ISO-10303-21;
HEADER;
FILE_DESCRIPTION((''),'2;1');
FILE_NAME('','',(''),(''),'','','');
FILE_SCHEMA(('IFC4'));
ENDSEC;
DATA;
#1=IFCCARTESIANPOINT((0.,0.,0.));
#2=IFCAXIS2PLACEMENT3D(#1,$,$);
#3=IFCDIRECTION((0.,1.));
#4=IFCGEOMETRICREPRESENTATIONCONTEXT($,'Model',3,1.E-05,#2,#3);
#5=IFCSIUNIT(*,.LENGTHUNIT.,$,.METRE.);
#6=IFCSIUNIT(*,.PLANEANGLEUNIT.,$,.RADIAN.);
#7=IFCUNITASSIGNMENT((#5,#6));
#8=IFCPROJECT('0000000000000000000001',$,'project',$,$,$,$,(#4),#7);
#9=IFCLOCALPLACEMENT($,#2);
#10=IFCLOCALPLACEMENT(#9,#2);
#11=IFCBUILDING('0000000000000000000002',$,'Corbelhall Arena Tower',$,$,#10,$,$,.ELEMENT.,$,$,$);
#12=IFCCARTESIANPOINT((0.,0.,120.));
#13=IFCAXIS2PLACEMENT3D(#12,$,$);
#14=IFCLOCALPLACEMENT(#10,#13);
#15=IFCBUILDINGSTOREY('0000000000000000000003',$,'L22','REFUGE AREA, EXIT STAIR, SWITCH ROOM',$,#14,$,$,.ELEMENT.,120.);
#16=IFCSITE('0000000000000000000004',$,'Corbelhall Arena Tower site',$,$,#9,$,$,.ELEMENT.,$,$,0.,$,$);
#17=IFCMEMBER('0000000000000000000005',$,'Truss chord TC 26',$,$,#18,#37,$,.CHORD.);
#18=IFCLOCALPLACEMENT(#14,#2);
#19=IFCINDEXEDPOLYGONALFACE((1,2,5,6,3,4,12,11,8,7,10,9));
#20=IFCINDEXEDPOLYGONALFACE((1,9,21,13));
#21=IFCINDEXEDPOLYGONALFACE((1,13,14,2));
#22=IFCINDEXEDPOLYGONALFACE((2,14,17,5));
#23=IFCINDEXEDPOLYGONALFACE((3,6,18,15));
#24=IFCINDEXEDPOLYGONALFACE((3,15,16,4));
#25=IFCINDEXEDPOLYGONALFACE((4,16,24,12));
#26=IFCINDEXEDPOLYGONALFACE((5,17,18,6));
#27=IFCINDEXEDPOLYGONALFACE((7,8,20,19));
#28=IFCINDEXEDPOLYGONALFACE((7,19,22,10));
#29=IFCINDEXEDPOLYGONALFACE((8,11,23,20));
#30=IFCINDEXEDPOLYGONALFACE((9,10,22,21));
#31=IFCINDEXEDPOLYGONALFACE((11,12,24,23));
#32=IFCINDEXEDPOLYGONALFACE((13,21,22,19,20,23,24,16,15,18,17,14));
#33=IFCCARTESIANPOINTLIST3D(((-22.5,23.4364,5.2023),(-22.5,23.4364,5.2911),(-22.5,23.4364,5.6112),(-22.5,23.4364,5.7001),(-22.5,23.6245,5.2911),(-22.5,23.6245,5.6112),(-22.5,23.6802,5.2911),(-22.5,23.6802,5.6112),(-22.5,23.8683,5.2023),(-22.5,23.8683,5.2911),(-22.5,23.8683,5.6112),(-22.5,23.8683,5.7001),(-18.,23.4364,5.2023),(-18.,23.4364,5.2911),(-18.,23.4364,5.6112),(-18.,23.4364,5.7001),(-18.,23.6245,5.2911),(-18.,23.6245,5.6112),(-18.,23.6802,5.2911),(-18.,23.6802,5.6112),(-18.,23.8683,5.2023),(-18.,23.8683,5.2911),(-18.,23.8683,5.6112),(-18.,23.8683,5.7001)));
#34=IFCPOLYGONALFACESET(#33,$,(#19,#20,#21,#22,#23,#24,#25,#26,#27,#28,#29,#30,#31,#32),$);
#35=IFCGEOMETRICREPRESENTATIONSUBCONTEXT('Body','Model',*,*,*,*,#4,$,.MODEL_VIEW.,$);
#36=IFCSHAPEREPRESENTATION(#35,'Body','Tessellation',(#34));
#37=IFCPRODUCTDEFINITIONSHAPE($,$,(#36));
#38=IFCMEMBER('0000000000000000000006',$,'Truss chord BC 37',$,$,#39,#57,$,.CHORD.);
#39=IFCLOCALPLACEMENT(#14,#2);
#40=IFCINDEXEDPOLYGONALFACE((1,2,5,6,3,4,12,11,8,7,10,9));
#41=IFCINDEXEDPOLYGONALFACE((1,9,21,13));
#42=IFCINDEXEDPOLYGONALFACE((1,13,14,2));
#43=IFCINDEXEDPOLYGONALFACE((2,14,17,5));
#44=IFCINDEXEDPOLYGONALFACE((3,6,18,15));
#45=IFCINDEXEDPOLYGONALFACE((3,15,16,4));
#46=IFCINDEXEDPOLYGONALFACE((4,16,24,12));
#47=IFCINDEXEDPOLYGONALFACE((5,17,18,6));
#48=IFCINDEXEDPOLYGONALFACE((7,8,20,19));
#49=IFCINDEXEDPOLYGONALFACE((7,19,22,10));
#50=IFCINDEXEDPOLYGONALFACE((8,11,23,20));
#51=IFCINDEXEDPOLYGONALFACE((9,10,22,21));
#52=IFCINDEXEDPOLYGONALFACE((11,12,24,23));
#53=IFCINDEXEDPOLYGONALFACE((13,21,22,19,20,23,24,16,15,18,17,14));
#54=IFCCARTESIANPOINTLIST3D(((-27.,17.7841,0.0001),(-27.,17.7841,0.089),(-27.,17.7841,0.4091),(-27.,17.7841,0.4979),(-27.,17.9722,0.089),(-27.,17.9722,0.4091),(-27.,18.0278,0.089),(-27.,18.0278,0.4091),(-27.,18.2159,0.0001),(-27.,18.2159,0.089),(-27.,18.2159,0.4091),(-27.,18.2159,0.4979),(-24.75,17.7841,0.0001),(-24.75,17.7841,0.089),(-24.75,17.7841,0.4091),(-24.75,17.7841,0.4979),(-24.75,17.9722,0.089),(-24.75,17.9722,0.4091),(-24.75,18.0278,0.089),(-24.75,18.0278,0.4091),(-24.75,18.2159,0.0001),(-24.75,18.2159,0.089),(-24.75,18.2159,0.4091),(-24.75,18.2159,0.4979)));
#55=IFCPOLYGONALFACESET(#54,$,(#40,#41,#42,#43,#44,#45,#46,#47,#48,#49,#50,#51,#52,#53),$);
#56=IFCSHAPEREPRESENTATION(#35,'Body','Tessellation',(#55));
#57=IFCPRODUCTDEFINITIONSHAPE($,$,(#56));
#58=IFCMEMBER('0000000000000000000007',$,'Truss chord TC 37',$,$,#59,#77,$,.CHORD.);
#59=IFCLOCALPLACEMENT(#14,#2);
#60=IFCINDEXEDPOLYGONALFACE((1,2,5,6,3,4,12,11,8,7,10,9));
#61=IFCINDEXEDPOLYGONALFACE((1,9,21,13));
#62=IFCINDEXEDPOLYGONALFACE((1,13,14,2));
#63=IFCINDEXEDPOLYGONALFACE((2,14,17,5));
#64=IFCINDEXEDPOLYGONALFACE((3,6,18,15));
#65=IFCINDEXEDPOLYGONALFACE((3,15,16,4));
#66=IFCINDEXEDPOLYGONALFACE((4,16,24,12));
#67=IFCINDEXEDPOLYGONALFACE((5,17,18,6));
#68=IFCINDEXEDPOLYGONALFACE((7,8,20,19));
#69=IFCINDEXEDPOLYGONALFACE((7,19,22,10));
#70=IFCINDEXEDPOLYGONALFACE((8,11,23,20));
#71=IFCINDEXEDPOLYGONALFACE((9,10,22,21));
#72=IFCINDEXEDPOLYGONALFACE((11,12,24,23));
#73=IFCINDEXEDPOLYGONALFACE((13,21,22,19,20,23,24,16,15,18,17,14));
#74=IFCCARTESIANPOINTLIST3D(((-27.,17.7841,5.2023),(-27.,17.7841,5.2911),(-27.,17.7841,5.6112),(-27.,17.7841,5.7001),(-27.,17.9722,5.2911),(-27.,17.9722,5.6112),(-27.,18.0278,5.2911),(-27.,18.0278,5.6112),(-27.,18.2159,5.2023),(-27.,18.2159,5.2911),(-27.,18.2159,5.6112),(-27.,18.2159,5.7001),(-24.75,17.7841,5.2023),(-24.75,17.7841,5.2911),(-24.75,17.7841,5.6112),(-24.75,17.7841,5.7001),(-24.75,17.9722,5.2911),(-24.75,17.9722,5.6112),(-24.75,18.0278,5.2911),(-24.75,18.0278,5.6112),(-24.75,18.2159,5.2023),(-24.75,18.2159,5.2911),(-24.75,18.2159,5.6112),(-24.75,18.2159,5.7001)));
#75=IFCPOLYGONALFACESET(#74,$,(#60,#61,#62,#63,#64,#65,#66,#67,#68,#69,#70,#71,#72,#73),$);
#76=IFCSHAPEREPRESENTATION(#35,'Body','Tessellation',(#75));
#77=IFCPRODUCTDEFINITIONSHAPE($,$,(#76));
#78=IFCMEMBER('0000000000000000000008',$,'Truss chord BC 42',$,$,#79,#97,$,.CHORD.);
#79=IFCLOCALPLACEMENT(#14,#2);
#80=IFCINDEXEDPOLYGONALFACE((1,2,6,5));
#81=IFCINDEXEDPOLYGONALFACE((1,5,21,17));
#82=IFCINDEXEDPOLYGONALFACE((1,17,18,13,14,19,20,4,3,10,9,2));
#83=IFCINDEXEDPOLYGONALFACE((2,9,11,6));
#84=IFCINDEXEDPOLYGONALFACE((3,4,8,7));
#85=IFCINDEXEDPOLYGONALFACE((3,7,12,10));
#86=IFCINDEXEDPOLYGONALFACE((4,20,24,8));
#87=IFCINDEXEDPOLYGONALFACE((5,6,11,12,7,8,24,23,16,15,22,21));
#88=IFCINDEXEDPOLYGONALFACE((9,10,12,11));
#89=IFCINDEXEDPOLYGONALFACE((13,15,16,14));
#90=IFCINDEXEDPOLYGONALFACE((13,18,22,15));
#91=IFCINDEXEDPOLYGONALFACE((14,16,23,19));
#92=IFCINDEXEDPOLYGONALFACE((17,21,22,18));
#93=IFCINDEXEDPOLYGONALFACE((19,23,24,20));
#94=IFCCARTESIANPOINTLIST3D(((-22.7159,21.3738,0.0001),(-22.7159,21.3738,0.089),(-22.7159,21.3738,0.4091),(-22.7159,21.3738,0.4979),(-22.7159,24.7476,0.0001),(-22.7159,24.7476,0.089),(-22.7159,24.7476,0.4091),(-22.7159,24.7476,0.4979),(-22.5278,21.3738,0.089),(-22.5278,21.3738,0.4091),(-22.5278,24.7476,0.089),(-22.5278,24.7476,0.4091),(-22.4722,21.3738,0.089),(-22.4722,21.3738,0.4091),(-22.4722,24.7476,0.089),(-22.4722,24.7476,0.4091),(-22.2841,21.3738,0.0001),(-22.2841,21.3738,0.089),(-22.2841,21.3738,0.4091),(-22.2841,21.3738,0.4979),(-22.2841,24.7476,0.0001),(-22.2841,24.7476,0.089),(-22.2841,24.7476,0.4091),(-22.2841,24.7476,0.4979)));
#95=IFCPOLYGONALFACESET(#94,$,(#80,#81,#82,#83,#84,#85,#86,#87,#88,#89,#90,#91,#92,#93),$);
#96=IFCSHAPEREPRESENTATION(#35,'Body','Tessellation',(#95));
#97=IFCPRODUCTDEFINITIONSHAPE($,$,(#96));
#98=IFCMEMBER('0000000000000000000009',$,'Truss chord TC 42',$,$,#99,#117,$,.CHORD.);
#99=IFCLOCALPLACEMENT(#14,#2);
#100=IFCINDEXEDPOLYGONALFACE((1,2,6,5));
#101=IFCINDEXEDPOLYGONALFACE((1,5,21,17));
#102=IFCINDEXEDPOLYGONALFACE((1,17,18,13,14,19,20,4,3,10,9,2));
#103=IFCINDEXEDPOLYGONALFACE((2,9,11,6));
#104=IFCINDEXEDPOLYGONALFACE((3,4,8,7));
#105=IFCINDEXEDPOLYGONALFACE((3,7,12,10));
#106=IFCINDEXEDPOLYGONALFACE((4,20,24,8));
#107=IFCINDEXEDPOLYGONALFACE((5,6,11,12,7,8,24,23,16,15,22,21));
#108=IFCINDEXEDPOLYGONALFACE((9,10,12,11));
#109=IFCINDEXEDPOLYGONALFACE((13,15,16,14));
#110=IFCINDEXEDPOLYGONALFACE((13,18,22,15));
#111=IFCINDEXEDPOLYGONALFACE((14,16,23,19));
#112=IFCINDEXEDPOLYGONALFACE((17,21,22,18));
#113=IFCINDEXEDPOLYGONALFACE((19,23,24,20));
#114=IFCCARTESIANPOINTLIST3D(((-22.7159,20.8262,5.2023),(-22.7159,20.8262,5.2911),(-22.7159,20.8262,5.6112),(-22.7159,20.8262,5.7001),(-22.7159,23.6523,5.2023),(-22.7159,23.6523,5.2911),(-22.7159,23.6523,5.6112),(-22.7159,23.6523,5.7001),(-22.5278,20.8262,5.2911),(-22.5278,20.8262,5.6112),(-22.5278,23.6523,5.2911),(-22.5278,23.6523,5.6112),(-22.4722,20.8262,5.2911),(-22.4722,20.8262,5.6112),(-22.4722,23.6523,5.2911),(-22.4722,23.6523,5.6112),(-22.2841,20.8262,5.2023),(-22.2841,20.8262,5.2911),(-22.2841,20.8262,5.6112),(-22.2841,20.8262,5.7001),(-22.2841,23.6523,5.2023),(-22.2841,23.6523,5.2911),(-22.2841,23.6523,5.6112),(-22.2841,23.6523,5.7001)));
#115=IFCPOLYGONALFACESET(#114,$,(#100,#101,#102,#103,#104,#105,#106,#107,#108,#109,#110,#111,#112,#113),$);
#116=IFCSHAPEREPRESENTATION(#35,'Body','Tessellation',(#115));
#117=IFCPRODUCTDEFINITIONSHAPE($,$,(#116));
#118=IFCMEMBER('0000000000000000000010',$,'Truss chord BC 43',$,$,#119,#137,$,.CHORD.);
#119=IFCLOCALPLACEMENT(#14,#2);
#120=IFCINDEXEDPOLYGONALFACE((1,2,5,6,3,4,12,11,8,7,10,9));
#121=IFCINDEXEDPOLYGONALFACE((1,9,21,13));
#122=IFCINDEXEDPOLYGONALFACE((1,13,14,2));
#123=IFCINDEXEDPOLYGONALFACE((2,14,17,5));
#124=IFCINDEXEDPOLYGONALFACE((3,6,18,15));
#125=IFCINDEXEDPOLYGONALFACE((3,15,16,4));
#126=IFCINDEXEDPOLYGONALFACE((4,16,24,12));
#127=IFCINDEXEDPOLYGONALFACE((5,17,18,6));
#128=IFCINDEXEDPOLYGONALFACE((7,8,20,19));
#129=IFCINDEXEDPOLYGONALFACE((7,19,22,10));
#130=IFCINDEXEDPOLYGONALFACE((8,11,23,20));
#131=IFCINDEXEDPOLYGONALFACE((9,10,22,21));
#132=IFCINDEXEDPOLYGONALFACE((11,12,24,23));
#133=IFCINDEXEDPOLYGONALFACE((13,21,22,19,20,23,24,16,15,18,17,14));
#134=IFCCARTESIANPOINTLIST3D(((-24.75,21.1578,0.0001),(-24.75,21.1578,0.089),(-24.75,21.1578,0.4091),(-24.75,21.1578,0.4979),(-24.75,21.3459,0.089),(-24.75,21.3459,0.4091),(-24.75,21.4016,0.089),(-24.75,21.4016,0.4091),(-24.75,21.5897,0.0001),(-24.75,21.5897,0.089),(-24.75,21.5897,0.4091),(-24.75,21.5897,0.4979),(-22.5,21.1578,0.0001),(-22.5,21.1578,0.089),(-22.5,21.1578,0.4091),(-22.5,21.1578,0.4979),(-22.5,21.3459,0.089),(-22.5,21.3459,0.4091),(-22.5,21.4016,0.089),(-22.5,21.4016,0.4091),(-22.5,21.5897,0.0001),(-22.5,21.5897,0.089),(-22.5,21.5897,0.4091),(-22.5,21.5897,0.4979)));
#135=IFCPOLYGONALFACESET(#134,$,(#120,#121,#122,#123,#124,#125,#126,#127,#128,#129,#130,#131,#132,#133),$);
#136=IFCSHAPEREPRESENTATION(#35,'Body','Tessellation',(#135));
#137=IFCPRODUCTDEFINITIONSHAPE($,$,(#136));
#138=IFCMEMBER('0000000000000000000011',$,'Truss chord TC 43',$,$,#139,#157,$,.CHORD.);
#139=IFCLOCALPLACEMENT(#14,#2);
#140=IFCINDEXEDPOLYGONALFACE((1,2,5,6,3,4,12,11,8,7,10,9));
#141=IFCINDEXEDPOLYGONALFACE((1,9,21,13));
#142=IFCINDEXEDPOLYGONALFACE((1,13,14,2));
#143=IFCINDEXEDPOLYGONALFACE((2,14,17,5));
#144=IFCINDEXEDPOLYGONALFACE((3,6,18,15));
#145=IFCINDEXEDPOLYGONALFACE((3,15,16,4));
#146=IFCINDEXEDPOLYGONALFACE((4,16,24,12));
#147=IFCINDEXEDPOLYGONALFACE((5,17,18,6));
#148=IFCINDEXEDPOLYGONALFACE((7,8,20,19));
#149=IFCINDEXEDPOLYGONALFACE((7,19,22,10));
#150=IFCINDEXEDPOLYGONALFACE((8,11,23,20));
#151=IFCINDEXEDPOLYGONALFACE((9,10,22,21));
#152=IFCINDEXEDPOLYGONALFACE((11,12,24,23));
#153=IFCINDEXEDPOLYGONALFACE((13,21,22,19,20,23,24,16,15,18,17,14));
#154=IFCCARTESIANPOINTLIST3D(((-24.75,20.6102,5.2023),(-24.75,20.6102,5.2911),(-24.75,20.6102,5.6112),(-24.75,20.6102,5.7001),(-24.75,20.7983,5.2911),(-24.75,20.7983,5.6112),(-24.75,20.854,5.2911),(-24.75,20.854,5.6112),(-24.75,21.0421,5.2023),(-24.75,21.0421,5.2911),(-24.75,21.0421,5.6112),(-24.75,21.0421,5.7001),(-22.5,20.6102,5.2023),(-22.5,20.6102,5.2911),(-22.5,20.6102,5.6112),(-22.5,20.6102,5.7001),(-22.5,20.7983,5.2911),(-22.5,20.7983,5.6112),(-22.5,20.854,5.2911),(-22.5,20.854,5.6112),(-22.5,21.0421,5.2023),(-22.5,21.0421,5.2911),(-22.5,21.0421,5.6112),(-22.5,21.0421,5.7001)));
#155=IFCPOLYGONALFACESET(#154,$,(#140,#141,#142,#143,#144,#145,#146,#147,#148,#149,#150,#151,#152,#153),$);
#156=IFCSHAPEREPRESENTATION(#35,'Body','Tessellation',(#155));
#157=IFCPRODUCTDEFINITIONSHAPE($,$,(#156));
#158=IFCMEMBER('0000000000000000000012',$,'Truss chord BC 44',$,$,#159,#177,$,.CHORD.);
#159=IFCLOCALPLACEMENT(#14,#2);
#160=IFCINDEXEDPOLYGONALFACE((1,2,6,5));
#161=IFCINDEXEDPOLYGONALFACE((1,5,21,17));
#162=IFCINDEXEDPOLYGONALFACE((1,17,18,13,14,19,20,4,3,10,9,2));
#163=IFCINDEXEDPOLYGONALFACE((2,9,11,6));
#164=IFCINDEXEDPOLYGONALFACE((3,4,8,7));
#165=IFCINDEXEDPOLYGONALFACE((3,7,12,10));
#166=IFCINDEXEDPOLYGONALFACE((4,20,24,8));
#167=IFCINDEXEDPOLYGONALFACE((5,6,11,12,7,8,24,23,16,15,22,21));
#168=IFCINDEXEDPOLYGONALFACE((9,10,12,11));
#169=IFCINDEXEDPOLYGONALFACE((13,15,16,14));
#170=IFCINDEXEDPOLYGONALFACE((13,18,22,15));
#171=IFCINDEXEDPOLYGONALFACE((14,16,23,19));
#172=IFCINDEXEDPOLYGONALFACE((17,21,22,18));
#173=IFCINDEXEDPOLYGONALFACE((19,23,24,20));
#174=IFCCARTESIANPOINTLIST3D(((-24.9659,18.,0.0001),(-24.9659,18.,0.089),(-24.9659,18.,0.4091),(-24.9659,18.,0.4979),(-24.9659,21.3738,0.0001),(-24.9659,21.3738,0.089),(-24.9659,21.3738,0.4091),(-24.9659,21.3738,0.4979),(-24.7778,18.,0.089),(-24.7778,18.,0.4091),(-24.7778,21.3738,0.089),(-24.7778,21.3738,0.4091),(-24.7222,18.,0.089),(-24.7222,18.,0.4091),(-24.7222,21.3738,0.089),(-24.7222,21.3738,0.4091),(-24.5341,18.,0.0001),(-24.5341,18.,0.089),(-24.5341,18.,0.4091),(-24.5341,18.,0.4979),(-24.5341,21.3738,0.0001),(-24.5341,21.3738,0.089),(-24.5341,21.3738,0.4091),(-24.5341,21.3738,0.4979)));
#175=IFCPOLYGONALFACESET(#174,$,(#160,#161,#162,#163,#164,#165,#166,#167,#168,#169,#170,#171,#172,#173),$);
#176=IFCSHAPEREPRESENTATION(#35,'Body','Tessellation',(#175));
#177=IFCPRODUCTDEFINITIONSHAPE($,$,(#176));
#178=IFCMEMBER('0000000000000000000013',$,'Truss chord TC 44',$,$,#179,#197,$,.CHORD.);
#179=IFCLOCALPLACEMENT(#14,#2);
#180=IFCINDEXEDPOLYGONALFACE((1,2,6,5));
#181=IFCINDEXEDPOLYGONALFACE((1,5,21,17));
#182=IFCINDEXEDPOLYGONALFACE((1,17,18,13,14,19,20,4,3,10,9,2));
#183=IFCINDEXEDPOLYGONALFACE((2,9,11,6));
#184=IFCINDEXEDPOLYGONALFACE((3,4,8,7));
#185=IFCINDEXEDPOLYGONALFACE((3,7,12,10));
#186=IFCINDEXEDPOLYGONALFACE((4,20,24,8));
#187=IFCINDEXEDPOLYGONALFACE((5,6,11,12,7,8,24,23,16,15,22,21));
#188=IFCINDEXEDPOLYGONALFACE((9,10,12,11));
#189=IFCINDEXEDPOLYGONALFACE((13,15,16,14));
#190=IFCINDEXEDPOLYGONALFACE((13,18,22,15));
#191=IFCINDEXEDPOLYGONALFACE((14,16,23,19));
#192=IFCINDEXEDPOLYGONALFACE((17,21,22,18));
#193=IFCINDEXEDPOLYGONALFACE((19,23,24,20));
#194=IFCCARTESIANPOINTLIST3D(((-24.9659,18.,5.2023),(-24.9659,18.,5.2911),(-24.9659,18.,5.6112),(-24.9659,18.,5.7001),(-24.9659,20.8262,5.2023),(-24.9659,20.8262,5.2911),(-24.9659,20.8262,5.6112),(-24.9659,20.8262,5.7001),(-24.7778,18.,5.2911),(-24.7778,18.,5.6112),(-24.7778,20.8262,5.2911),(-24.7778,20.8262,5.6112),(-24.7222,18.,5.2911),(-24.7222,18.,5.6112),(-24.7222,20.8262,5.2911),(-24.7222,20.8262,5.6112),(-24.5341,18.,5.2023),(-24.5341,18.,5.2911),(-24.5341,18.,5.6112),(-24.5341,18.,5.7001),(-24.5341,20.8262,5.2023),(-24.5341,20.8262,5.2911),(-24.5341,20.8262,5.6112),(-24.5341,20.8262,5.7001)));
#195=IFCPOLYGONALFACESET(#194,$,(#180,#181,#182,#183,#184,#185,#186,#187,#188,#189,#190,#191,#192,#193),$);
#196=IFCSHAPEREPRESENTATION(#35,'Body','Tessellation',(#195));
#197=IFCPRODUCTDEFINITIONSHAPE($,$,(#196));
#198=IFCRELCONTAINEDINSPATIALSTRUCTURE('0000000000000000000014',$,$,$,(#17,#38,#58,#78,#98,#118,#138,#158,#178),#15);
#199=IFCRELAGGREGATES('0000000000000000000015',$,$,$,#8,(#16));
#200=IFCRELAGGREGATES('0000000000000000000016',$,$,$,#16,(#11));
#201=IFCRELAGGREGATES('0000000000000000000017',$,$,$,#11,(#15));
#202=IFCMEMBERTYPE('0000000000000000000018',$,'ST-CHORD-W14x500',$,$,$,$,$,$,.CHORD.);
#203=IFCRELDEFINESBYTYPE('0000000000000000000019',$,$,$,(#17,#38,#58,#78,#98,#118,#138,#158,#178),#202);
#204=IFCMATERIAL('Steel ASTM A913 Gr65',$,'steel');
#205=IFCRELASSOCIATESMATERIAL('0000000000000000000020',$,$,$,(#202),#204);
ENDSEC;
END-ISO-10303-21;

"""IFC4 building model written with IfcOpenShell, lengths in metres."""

from ifc_helpers import new_model, si_unit, direction, frame, origin, origin_2d, place, context, subcontext, project, spatial, i_section, extrude, material, material_profile, profile_set, type_object, element, save


model = new_model("IFC4")

# Units and contexts
model_context = context("Model", 3, precision=1e-05, world=origin(), true_north=direction((0.0, 1.0)))
body_context = subcontext(model_context, "Body", "Model", "MODEL_VIEW")
ifc_project = project(units=[si_unit("LENGTHUNIT", "METRE"), si_unit("PLANEANGLEUNIT", "RADIAN")], contexts=[model_context])

# Site, building, storey
site_placement = place(None, origin())
site = spatial("IfcSite", under=ifc_project, at=site_placement, Name="Corbelhall Arena Tower site", CompositionType="ELEMENT", RefElevation=0.0)
building_placement = place(site_placement, origin())
building = spatial("IfcBuilding", under=site, at=building_placement, Name="Corbelhall Arena Tower", CompositionType="ELEMENT")
storey_placement = place(building_placement, frame((0.0, 0.0, 120.0)))
storey = spatial("IfcBuildingStorey", under=building, at=storey_placement, Name="L22", Description="REFUGE AREA, EXIT STAIR, SWITCH ROOM", CompositionType="ELEMENT", Elevation=120.0)

# Members
ifc_material_1 = material(Name="Steel ASTM A913 Gr65", Category="steel")
ifc_material_profile_1 = material_profile(ifc_material_1, i_section(OverallWidth=0.4319, OverallDepth=0.4978, WebThickness=0.0557, FlangeThickness=0.0889, at=origin_2d()))
ifc_profile_set_1 = profile_set([ifc_material_profile_1], Name="Steel ASTM A913 Gr65")
member_type_1 = type_object("IfcMemberType", Name="ST-CHORD-W14x500", PredefinedType="CHORD", material=ifc_profile_set_1)
for number, where, z_axis, x_axis, name in (
    (1, (-22.5, 23.6523, 5.4512), (1.0, 0.0, 0.0), (0.0, 1.0, 0.0), "Truss chord TC 26"),
):
    element("IfcMember", number, at=place(storey_placement, frame(where, z_axis=z_axis, x_axis=x_axis)), inside=storey, type_object=member_type_1, Name=name, PredefinedType="CHORD", context=body_context, shape_type="SweptSolid", body=[
        extrude(i_section(OverallWidth=0.4319, OverallDepth=0.4978, WebThickness=0.0557, FlangeThickness=0.0889, at=origin_2d()), origin(), (0.0, 0.0, 1.0), 4.5),
    ])
for number, where, z_axis, x_axis, name in (
    (2, (-27.0, 18.0, 0.249), (1.0, 0.0, 0.0), (0.0, 1.0, 0.0), "Truss chord BC 37"),
    (3, (-27.0, 18.0, 5.4512), (1.0, 0.0, 0.0), (0.0, 1.0, 0.0), "Truss chord TC 37"),
):
    element("IfcMember", number, at=place(storey_placement, frame(where, z_axis=z_axis, x_axis=x_axis)), inside=storey, type_object=member_type_1, Name=name, PredefinedType="CHORD", context=body_context, shape_type="SweptSolid", body=[
        extrude(i_section(OverallWidth=0.4319, OverallDepth=0.4978, WebThickness=0.0557, FlangeThickness=0.0889, at=origin_2d()), origin(), (0.0, 0.0, 1.0), 2.25),
    ])
member_1_placement = place(storey_placement, frame((-22.5, 21.3738, 0.249), z_axis=(0.0, 1.0, 0.0), x_axis=(-1.0, 0.0, 0.0)))
element("IfcMember", 4, at=member_1_placement, inside=storey, type_object=member_type_1, Name="Truss chord BC 42", PredefinedType="CHORD", context=body_context, shape_type="SweptSolid", body=[
    extrude(i_section(OverallWidth=0.4319, OverallDepth=0.4978, WebThickness=0.0557, FlangeThickness=0.0889, at=origin_2d()), origin(), (0.0, 0.0, 1.0), 3.3738),
])
member_2_placement = place(storey_placement, frame((-22.5, 20.8262, 5.4512), z_axis=(0.0, 1.0, 0.0), x_axis=(-1.0, 0.0, 0.0)))
element("IfcMember", 5, at=member_2_placement, inside=storey, type_object=member_type_1, Name="Truss chord TC 42", PredefinedType="CHORD", context=body_context, shape_type="SweptSolid", body=[
    extrude(i_section(OverallWidth=0.4319, OverallDepth=0.4978, WebThickness=0.0557, FlangeThickness=0.0889, at=origin_2d()), origin(), (0.0, 0.0, 1.0), 2.8262),
])
for number, where, z_axis, x_axis, name in (
    (6, (-24.75, 21.3738, 0.249), (1.0, 0.0, 0.0), (0.0, 1.0, 0.0), "Truss chord BC 43"),
    (7, (-24.75, 20.8262, 5.4512), (1.0, 0.0, 0.0), (0.0, 1.0, 0.0), "Truss chord TC 43"),
):
    element("IfcMember", number, at=place(storey_placement, frame(where, z_axis=z_axis, x_axis=x_axis)), inside=storey, type_object=member_type_1, Name=name, PredefinedType="CHORD", context=body_context, shape_type="SweptSolid", body=[
        extrude(i_section(OverallWidth=0.4319, OverallDepth=0.4978, WebThickness=0.0557, FlangeThickness=0.0889, at=origin_2d()), origin(), (0.0, 0.0, 1.0), 2.25),
    ])
member_3_placement = place(storey_placement, frame((-24.75, 18.0, 0.249), z_axis=(0.0, 1.0, 0.0), x_axis=(-1.0, 0.0, 0.0)))
element("IfcMember", 8, at=member_3_placement, inside=storey, type_object=member_type_1, Name="Truss chord BC 44", PredefinedType="CHORD", context=body_context, shape_type="SweptSolid", body=[
    extrude(i_section(OverallWidth=0.4319, OverallDepth=0.4978, WebThickness=0.0557, FlangeThickness=0.0889, at=origin_2d()), origin(), (0.0, 0.0, 1.0), 3.3738),
])
member_4_placement = place(storey_placement, frame((-24.75, 18.0, 5.4512), z_axis=(0.0, 1.0, 0.0), x_axis=(-1.0, 0.0, 0.0)))
element("IfcMember", 9, at=member_4_placement, inside=storey, type_object=member_type_1, Name="Truss chord TC 44", PredefinedType="CHORD", context=body_context, shape_type="SweptSolid", body=[
    extrude(i_section(OverallWidth=0.4319, OverallDepth=0.4978, WebThickness=0.0557, FlangeThickness=0.0889, at=origin_2d()), origin(), (0.0, 0.0, 1.0), 2.8262),
])

save(model, "model.ifc")
